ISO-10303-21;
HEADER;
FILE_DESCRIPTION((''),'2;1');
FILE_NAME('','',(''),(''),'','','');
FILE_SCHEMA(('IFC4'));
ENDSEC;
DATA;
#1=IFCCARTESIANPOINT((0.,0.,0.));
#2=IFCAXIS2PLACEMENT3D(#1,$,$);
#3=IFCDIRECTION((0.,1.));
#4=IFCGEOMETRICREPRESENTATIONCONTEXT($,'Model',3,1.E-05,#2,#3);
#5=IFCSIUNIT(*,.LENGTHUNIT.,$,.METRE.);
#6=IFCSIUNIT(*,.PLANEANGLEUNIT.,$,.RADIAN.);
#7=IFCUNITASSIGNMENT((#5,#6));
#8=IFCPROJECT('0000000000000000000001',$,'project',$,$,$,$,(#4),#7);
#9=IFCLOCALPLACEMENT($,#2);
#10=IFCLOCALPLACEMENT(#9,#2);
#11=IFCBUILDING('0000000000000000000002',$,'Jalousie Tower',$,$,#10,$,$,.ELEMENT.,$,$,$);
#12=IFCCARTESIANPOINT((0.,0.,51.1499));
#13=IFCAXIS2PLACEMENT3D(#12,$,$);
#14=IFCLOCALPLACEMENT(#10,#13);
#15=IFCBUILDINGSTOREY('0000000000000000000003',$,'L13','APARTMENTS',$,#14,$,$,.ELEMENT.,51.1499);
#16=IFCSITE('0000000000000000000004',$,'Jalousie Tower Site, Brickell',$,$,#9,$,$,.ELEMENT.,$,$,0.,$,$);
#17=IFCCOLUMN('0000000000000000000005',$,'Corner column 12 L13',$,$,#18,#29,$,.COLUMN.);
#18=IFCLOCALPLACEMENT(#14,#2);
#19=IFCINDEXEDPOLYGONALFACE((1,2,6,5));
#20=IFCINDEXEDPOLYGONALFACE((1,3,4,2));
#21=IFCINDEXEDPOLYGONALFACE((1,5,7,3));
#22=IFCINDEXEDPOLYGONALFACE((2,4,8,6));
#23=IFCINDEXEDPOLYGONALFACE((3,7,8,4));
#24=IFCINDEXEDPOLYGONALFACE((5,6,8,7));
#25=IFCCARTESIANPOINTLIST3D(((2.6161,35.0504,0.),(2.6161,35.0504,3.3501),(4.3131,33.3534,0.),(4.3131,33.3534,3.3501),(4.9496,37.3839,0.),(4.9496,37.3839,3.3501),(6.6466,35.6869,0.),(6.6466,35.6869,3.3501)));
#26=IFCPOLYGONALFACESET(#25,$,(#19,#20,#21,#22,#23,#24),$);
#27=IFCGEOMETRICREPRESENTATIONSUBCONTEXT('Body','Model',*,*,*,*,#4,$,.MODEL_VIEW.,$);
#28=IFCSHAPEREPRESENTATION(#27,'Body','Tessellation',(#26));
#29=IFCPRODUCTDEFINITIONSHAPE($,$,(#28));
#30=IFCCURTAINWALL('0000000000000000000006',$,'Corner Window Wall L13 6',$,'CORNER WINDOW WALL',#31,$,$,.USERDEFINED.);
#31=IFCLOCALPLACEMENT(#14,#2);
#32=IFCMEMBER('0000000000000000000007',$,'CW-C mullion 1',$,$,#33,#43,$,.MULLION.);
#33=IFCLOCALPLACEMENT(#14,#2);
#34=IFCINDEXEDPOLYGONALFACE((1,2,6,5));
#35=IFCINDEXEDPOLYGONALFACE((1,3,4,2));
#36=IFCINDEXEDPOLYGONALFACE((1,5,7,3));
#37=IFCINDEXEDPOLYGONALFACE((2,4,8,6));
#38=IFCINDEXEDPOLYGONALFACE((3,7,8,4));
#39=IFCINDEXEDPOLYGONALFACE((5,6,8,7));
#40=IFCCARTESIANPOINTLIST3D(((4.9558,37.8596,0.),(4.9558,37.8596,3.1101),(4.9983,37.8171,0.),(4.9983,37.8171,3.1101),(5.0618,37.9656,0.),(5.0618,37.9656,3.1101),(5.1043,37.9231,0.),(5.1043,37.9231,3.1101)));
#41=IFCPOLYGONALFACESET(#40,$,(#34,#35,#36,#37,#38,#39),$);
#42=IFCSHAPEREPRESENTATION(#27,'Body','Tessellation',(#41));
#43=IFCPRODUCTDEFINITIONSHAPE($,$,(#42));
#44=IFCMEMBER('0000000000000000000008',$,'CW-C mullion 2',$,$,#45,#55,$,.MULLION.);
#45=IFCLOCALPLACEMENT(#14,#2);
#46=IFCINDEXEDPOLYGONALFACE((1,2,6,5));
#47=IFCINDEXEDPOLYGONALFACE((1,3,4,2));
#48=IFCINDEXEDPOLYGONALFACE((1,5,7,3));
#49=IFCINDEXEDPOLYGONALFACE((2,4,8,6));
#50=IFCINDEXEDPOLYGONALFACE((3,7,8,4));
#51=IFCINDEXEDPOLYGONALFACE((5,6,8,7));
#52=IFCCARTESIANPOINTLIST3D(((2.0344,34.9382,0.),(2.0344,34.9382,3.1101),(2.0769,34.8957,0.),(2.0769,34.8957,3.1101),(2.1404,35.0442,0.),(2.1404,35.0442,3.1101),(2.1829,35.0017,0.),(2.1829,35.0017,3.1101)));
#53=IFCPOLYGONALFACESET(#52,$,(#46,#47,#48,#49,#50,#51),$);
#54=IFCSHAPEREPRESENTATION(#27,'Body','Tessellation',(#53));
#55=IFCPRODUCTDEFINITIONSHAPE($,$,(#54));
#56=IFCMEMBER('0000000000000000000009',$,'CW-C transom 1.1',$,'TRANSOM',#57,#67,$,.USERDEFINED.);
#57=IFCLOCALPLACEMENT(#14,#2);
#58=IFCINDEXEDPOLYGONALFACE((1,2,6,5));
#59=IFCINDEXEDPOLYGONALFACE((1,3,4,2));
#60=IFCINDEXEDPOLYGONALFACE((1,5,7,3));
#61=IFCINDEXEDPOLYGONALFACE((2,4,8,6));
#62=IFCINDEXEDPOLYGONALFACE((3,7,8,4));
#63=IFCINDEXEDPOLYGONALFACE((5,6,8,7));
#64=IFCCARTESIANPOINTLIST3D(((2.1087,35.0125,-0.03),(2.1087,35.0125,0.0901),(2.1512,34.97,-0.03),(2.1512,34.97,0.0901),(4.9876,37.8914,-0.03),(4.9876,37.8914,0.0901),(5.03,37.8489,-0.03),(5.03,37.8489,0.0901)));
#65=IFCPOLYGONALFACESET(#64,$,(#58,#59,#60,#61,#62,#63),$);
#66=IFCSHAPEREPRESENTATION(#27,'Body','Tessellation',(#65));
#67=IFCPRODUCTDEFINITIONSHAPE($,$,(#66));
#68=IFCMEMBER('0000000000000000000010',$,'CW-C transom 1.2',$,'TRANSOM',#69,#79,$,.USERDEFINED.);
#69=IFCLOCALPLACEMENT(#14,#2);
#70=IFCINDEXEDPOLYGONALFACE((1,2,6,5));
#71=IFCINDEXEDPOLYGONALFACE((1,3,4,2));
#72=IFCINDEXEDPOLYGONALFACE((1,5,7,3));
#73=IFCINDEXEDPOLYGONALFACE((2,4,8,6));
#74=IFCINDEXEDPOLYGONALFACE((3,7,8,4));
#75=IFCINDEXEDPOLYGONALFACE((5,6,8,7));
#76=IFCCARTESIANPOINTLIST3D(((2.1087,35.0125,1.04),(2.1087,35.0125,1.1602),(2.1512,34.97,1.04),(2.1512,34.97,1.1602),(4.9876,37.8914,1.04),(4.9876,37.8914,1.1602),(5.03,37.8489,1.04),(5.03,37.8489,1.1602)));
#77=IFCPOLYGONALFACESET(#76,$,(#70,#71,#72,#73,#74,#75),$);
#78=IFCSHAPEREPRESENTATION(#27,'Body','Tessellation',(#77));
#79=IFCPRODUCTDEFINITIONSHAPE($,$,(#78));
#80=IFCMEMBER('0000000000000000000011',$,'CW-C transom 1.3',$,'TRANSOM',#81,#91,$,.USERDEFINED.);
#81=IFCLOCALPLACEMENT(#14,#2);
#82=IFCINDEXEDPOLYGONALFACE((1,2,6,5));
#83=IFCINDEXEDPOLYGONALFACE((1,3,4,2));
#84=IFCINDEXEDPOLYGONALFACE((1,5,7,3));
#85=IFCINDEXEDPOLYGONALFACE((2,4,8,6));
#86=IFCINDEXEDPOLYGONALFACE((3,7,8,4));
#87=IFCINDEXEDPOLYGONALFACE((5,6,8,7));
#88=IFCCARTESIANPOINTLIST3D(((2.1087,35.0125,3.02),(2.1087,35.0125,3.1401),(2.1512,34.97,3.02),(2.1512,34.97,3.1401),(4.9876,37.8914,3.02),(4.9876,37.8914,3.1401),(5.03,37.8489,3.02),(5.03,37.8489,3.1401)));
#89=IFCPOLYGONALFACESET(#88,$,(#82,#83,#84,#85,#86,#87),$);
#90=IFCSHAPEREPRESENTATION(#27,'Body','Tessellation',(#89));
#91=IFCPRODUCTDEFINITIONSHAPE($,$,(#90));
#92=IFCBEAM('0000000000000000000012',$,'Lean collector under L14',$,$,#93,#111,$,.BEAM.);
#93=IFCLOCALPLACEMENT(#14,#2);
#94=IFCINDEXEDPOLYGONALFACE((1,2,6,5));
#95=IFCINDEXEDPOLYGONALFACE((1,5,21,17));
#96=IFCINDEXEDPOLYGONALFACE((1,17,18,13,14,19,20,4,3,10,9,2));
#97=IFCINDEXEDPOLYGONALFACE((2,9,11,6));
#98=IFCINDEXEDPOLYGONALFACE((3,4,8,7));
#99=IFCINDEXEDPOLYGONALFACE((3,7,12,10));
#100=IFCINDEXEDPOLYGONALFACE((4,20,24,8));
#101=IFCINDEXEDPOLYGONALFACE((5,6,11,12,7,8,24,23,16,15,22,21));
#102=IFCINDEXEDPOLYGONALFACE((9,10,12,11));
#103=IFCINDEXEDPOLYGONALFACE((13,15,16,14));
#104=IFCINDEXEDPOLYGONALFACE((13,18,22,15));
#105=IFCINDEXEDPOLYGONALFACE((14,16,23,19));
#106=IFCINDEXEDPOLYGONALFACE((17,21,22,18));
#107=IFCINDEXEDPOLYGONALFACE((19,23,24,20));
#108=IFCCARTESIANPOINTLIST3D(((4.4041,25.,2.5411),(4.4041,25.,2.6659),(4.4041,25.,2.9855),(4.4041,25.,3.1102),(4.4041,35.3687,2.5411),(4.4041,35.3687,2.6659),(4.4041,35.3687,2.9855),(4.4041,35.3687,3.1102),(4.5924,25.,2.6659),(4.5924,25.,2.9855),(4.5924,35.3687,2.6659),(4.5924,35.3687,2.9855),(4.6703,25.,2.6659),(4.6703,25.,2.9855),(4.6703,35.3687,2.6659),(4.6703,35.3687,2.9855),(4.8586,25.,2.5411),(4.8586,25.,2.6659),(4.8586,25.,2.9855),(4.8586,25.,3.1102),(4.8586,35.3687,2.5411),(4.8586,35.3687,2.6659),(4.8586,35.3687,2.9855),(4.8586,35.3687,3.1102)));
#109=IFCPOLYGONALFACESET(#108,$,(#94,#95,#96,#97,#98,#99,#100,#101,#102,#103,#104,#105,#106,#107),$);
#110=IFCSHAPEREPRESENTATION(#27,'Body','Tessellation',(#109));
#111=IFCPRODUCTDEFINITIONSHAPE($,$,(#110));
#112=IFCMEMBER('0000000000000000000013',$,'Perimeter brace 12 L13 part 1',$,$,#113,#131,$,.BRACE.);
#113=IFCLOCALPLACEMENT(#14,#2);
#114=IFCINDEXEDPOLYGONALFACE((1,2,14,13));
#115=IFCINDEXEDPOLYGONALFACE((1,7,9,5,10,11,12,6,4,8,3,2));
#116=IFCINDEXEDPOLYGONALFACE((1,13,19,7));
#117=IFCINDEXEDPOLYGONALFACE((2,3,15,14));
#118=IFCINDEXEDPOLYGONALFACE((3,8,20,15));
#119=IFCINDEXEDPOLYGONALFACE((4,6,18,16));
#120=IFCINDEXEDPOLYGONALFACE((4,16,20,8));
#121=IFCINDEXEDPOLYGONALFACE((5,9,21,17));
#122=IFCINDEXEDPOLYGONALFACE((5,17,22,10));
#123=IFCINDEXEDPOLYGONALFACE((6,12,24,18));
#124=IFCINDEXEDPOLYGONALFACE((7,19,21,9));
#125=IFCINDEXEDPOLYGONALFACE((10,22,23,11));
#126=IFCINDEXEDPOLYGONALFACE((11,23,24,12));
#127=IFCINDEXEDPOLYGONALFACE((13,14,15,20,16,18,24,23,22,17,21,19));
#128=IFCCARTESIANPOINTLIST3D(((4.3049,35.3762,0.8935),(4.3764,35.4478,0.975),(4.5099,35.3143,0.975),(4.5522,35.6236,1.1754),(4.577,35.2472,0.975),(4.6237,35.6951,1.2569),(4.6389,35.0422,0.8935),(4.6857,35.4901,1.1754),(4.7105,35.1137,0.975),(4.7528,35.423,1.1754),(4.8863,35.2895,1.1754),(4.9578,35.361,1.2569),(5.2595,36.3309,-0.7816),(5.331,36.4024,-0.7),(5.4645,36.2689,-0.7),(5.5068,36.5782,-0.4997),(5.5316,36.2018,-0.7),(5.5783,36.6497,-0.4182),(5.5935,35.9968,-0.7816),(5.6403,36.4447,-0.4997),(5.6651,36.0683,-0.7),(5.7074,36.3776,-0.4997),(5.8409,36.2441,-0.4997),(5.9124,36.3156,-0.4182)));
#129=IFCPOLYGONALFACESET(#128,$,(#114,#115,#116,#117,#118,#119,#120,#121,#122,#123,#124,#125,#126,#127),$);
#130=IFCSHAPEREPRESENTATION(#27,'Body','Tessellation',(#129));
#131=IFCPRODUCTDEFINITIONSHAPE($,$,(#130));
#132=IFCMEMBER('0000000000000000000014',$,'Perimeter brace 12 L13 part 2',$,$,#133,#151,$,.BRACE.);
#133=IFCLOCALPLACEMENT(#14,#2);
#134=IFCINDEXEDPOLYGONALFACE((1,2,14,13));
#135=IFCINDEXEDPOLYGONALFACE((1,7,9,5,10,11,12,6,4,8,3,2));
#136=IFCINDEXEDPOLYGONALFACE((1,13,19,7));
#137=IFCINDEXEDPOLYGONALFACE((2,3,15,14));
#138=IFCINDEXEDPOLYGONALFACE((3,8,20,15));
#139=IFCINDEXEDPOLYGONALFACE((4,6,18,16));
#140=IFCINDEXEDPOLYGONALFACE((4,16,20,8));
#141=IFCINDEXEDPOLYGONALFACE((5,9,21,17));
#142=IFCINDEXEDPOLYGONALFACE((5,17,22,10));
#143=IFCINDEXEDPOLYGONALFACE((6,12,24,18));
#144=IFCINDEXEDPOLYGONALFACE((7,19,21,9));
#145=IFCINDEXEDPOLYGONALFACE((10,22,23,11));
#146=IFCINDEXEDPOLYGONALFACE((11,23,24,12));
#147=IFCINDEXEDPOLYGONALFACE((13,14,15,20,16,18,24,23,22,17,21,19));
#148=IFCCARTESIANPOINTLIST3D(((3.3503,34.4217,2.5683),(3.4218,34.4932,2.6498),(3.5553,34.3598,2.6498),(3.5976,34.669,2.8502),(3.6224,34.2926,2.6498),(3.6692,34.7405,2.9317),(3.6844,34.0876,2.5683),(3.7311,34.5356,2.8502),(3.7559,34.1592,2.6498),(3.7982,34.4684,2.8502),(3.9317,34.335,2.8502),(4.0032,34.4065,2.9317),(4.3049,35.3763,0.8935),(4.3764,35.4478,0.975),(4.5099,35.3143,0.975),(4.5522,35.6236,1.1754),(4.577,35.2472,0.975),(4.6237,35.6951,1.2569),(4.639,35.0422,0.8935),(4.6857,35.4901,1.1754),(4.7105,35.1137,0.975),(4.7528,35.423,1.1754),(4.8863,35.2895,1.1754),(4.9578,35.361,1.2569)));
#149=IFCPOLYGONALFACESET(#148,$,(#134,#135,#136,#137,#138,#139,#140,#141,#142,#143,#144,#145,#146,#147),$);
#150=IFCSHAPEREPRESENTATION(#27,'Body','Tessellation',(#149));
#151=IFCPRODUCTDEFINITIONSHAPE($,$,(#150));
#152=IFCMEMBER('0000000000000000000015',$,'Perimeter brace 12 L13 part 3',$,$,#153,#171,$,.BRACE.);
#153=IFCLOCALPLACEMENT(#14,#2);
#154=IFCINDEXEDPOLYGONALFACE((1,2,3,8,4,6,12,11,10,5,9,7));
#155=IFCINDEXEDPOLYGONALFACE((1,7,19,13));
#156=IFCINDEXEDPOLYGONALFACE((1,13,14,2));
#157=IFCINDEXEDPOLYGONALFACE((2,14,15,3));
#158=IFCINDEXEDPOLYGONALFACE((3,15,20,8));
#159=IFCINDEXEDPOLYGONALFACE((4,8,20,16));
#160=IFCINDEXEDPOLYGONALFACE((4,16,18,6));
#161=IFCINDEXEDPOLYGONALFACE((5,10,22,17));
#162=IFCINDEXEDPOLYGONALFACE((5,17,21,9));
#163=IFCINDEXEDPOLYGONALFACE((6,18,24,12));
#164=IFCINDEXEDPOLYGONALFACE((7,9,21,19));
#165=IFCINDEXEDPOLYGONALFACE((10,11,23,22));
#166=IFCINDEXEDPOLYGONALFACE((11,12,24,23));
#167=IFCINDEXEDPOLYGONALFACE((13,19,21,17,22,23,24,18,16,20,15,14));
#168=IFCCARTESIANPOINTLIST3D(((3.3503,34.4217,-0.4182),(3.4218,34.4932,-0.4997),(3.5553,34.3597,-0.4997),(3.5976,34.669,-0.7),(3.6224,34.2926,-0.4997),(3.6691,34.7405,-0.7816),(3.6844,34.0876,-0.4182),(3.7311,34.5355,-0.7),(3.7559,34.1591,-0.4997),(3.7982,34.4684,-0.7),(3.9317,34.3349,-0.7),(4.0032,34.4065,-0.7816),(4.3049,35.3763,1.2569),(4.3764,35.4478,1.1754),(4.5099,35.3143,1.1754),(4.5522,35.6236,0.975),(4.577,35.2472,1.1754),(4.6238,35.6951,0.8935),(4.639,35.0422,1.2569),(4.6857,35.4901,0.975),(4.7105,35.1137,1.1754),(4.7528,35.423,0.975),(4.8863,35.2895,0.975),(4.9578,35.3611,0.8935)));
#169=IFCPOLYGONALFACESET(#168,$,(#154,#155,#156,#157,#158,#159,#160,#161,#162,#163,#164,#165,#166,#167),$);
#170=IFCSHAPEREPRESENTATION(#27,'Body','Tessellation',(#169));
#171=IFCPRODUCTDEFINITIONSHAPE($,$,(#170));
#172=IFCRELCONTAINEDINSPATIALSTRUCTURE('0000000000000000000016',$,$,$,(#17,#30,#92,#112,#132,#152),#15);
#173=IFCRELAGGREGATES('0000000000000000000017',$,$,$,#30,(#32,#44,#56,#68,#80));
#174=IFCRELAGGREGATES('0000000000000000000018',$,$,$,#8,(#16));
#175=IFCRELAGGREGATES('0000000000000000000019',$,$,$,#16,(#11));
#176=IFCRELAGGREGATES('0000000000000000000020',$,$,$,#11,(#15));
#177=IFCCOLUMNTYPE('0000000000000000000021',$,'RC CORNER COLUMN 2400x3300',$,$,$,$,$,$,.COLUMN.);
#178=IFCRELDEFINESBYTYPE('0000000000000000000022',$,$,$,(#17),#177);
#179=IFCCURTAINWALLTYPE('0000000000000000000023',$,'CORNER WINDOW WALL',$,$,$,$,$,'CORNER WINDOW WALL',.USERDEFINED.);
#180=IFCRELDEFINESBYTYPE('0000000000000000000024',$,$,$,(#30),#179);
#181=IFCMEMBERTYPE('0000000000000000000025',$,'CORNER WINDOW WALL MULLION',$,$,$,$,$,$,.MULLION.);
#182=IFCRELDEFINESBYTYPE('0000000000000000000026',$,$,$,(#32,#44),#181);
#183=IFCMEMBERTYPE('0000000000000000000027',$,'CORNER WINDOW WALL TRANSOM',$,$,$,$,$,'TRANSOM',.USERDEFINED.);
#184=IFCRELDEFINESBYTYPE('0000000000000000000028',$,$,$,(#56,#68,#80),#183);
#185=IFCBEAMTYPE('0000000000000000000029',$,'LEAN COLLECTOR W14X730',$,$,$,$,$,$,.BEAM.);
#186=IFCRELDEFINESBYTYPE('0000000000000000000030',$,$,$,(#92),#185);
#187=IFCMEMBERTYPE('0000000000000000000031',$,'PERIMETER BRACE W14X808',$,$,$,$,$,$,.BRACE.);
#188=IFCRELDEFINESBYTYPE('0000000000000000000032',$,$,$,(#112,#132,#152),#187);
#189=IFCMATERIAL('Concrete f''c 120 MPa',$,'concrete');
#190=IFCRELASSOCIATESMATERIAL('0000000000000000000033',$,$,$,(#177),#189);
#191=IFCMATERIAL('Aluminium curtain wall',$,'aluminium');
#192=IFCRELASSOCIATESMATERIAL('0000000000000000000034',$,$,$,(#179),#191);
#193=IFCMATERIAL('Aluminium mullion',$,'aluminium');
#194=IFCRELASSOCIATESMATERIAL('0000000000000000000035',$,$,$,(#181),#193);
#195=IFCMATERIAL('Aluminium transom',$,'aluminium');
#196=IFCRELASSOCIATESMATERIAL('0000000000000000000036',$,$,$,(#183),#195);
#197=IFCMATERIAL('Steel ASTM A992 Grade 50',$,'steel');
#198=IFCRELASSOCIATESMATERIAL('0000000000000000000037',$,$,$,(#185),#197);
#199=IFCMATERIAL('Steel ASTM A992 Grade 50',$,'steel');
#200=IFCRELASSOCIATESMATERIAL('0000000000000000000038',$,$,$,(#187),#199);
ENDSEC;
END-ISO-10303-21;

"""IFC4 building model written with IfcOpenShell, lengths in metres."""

from ifc_helpers import new_model, si_unit, direction, frame, origin, origin_2d, place, context, subcontext, project, spatial, rectangle, i_section, extrude, material, material_profile, profile_set, type_object, element, aggregate, save


model = new_model("IFC4")

# Units and contexts
model_context = context("Model", 3, precision=1e-05, world=origin(), true_north=direction((0.0, 1.0)))
body_context = subcontext(model_context, "Body", "Model", "MODEL_VIEW")
ifc_project = project(units=[si_unit("LENGTHUNIT", "METRE"), si_unit("PLANEANGLEUNIT", "RADIAN")], contexts=[model_context])

# Site, building, storey
site_placement = place(None, origin())
site = spatial("IfcSite", under=ifc_project, at=site_placement, Name="Jalousie Tower Site, Brickell", CompositionType="ELEMENT", RefElevation=0.0)
building_placement = place(site_placement, origin())
building = spatial("IfcBuilding", under=site, at=building_placement, Name="Jalousie Tower", CompositionType="ELEMENT")
storey_placement = place(building_placement, frame((0.0, 0.0, 51.1499)))
storey = spatial("IfcBuildingStorey", under=building, at=storey_placement, Name="L13", Description="APARTMENTS", CompositionType="ELEMENT", Elevation=51.1499)

# Column
ifc_material_1 = material(Name="Concrete f'c 120 MPa", Category="concrete")
ifc_material_profile_1 = material_profile(ifc_material_1, rectangle(XDim=2.3999, YDim=3.3, at=origin_2d()), Name="RC 2400x3300")
ifc_profile_set_1 = profile_set([ifc_material_profile_1], Name="Concrete f'c 120 MPa")
column_type = type_object("IfcColumnType", Name="RC CORNER COLUMN 2400x3300", PredefinedType="COLUMN", material=ifc_profile_set_1)
column_placement = place(storey_placement, frame((4.6313, 35.3687, 0.0), z_axis=(0.0, 0.0, 1.0), x_axis=(0.707107, -0.707107, 0.0)))
element("IfcColumn", 1, at=column_placement, inside=storey, type_object=column_type, Name="Corner column 12 L13", PredefinedType="COLUMN", context=body_context, shape_type="SweptSolid", body=[
    extrude(rectangle(XDim=2.3999, YDim=3.3, at=origin_2d()), origin(), (0.0, 0.0, 1.0), 3.3501),
])

# Curtain wall, members
ifc_material_2 = material(Name="Aluminium curtain wall", Category="aluminium")
curtain_wall_type_1 = type_object("IfcCurtainWallType", Name="CORNER WINDOW WALL", ElementType="CORNER WINDOW WALL", PredefinedType="USERDEFINED", material=ifc_material_2)
curtain_wall_1_placement = place(storey_placement, origin())
curtain_wall_1 = element("IfcCurtainWall", 2, at=curtain_wall_1_placement, inside=storey, type_object=curtain_wall_type_1, Name="Corner Window Wall L13 6", ObjectType="CORNER WINDOW WALL", PredefinedType="USERDEFINED")
ifc_material_3 = material(Name="Aluminium mullion", Category="aluminium")
ifc_material_profile_2 = material_profile(ifc_material_3, rectangle(XDim=0.0601, YDim=0.1499, at=origin_2d()), Name="MULLION 60x150")
ifc_profile_set_2 = profile_set([ifc_material_profile_2], Name="Aluminium mullion")
member_type_1 = type_object("IfcMemberType", Name="CORNER WINDOW WALL MULLION", PredefinedType="MULLION", material=ifc_profile_set_2)
member_1_placement = place(storey_placement, frame((5.03, 37.8914, 0.0), z_axis=(0.0, 0.0, 1.0), x_axis=(0.707107, -0.707107, 0.0)))
member_1 = element("IfcMember", 3, at=member_1_placement, type_object=member_type_1, Name="CW-C mullion 1", PredefinedType="MULLION", context=body_context, shape_type="SweptSolid", body=[
    extrude(rectangle(XDim=0.0601, YDim=0.1499, at=origin_2d()), origin(), (0.0, 0.0, 1.0), 3.1101),
])
member_2_placement = place(storey_placement, frame((2.1086, 34.97, 0.0), z_axis=(0.0, 0.0, 1.0), x_axis=(0.707107, -0.707107, 0.0)))
member_2 = element("IfcMember", 4, at=member_2_placement, type_object=member_type_1, Name="CW-C mullion 2", PredefinedType="MULLION", context=body_context, shape_type="SweptSolid", body=[
    extrude(rectangle(XDim=0.0601, YDim=0.1499, at=origin_2d()), origin(), (0.0, 0.0, 1.0), 3.1101),
])
ifc_material_4 = material(Name="Aluminium transom", Category="aluminium")
ifc_material_profile_3 = material_profile(ifc_material_4, rectangle(XDim=0.0601, YDim=0.1201, at=origin_2d()), Name="TRANSOM 60x120")
ifc_profile_set_3 = profile_set([ifc_material_profile_3], Name="Aluminium transom")
member_type_2 = type_object("IfcMemberType", Name="CORNER WINDOW WALL TRANSOM", ElementType="TRANSOM", PredefinedType="USERDEFINED", material=ifc_profile_set_3)
member_3_placement = place(storey_placement, frame((5.0088, 37.8701, 0.03), z_axis=(-0.707107, -0.707107, 0.0), x_axis=(0.707107, -0.707107, 0.0)))
member_3 = element("IfcMember", 5, at=member_3_placement, type_object=member_type_2, Name="CW-C transom 1.1", ObjectType="TRANSOM", PredefinedType="USERDEFINED", context=body_context, shape_type="SweptSolid", body=[
    extrude(rectangle(XDim=0.0601, YDim=0.1201, at=origin_2d()), origin(), (0.0, 0.0, 1.0), 4.0713),
])
member_4_placement = place(storey_placement, frame((5.0088, 37.8701, 1.1001), z_axis=(-0.707107, -0.707107, 0.0), x_axis=(0.707107, -0.707107, 0.0)))
member_4 = element("IfcMember", 6, at=member_4_placement, type_object=member_type_2, Name="CW-C transom 1.2", ObjectType="TRANSOM", PredefinedType="USERDEFINED", context=body_context, shape_type="SweptSolid", body=[
    extrude(rectangle(XDim=0.0601, YDim=0.1201, at=origin_2d()), origin(), (0.0, 0.0, 1.0), 4.0713),
])
member_5_placement = place(storey_placement, frame((5.0088, 37.8701, 3.0801), z_axis=(-0.707107, -0.707107, 0.0), x_axis=(0.707107, -0.707107, 0.0)))
member_5 = element("IfcMember", 7, at=member_5_placement, type_object=member_type_2, Name="CW-C transom 1.3", ObjectType="TRANSOM", PredefinedType="USERDEFINED", context=body_context, shape_type="SweptSolid", body=[
    extrude(rectangle(XDim=0.0601, YDim=0.1201, at=origin_2d()), origin(), (0.0, 0.0, 1.0), 4.0713),
])

# Beam
ifc_material_5 = material(Name="Steel ASTM A992 Grade 50", Category="steel")
ifc_material_profile_4 = material_profile(ifc_material_5, i_section(OverallWidth=0.4546, OverallDepth=0.5691, WebThickness=0.0779, FlangeThickness=0.1248, at=origin_2d()), Name="W14X730")
ifc_profile_set_4 = profile_set([ifc_material_profile_4], Name="Steel ASTM A992 Grade 50")
beam_type_1 = type_object("IfcBeamType", Name="LEAN COLLECTOR W14X730", PredefinedType="BEAM", material=ifc_profile_set_4)
beam_1_placement = place(storey_placement, frame((4.6313, 35.3687, 2.8257), z_axis=(0.0, -1.0, 0.0), x_axis=(1.0, 0.0, 0.0)))
element("IfcBeam", 8, at=beam_1_placement, inside=storey, type_object=beam_type_1, Name="Lean collector under L14", PredefinedType="BEAM", context=body_context, shape_type="SweptSolid", body=[
    extrude(i_section(OverallWidth=0.4546, OverallDepth=0.5691, WebThickness=0.0779, FlangeThickness=0.1248, at=origin_2d()), origin(), (0.0, 0.0, 1.0), 10.3687),
])

# Members
ifc_material_6 = material(Name="Steel ASTM A992 Grade 50", Category="steel")
ifc_material_profile_5 = material_profile(ifc_material_6, i_section(OverallWidth=0.4724, OverallDepth=0.5791, WebThickness=0.095, FlangeThickness=0.1299, at=origin_2d()), Name="W14X808")
ifc_profile_set_5 = profile_set([ifc_material_profile_5], Name="Steel ASTM A992 Grade 50")
member_type_3 = type_object("IfcMemberType", Name="PERIMETER BRACE W14X808", PredefinedType="BRACE", material=ifc_profile_set_5)
member_6_placement = place(storey_placement, frame((5.5859, 36.3232, -0.5999), z_axis=(-0.443718, -0.443718, 0.778607), x_axis=(0.707107, -0.707107, 0.0)))
element("IfcMember", 9, at=member_6_placement, inside=storey, type_object=member_type_3, Name="Perimeter brace 12 L13 part 1", PredefinedType="BRACE", context=body_context, shape_type="SweptSolid", body=[
    extrude(i_section(OverallWidth=0.4724, OverallDepth=0.5791, WebThickness=0.095, FlangeThickness=0.1299, at=origin_2d()), origin(), (0.0, 0.0, 1.0), 2.1514),
])
member_7_placement = place(storey_placement, frame((4.6313, 35.3687, 1.0752), z_axis=(-0.443758, -0.443758, 0.778562), x_axis=(0.707107, -0.707107, 0.0)))
element("IfcMember", 10, at=member_7_placement, inside=storey, type_object=member_type_3, Name="Perimeter brace 12 L13 part 2", PredefinedType="BRACE", context=body_context, shape_type="SweptSolid", body=[
    extrude(i_section(OverallWidth=0.4724, OverallDepth=0.5791, WebThickness=0.095, FlangeThickness=0.1299, at=origin_2d()), origin(), (0.0, 0.0, 1.0), 2.1511),
])
member_8_placement = place(storey_placement, frame((3.6768, 34.4141, -0.5999), z_axis=(0.443718, 0.443718, 0.778607), x_axis=(-0.707107, 0.707107, 0.0)))
element("IfcMember", 11, at=member_8_placement, inside=storey, type_object=member_type_3, Name="Perimeter brace 12 L13 part 3", PredefinedType="BRACE", context=body_context, shape_type="SweptSolid", body=[
    extrude(i_section(OverallWidth=0.4724, OverallDepth=0.5791, WebThickness=0.095, FlangeThickness=0.1299, at=origin_2d()), origin(), (0.0, 0.0, 1.0), 2.1514),
])

aggregate(curtain_wall_1, [member_1, member_2, member_3, member_4, member_5])

save(model, "model.ifc")
